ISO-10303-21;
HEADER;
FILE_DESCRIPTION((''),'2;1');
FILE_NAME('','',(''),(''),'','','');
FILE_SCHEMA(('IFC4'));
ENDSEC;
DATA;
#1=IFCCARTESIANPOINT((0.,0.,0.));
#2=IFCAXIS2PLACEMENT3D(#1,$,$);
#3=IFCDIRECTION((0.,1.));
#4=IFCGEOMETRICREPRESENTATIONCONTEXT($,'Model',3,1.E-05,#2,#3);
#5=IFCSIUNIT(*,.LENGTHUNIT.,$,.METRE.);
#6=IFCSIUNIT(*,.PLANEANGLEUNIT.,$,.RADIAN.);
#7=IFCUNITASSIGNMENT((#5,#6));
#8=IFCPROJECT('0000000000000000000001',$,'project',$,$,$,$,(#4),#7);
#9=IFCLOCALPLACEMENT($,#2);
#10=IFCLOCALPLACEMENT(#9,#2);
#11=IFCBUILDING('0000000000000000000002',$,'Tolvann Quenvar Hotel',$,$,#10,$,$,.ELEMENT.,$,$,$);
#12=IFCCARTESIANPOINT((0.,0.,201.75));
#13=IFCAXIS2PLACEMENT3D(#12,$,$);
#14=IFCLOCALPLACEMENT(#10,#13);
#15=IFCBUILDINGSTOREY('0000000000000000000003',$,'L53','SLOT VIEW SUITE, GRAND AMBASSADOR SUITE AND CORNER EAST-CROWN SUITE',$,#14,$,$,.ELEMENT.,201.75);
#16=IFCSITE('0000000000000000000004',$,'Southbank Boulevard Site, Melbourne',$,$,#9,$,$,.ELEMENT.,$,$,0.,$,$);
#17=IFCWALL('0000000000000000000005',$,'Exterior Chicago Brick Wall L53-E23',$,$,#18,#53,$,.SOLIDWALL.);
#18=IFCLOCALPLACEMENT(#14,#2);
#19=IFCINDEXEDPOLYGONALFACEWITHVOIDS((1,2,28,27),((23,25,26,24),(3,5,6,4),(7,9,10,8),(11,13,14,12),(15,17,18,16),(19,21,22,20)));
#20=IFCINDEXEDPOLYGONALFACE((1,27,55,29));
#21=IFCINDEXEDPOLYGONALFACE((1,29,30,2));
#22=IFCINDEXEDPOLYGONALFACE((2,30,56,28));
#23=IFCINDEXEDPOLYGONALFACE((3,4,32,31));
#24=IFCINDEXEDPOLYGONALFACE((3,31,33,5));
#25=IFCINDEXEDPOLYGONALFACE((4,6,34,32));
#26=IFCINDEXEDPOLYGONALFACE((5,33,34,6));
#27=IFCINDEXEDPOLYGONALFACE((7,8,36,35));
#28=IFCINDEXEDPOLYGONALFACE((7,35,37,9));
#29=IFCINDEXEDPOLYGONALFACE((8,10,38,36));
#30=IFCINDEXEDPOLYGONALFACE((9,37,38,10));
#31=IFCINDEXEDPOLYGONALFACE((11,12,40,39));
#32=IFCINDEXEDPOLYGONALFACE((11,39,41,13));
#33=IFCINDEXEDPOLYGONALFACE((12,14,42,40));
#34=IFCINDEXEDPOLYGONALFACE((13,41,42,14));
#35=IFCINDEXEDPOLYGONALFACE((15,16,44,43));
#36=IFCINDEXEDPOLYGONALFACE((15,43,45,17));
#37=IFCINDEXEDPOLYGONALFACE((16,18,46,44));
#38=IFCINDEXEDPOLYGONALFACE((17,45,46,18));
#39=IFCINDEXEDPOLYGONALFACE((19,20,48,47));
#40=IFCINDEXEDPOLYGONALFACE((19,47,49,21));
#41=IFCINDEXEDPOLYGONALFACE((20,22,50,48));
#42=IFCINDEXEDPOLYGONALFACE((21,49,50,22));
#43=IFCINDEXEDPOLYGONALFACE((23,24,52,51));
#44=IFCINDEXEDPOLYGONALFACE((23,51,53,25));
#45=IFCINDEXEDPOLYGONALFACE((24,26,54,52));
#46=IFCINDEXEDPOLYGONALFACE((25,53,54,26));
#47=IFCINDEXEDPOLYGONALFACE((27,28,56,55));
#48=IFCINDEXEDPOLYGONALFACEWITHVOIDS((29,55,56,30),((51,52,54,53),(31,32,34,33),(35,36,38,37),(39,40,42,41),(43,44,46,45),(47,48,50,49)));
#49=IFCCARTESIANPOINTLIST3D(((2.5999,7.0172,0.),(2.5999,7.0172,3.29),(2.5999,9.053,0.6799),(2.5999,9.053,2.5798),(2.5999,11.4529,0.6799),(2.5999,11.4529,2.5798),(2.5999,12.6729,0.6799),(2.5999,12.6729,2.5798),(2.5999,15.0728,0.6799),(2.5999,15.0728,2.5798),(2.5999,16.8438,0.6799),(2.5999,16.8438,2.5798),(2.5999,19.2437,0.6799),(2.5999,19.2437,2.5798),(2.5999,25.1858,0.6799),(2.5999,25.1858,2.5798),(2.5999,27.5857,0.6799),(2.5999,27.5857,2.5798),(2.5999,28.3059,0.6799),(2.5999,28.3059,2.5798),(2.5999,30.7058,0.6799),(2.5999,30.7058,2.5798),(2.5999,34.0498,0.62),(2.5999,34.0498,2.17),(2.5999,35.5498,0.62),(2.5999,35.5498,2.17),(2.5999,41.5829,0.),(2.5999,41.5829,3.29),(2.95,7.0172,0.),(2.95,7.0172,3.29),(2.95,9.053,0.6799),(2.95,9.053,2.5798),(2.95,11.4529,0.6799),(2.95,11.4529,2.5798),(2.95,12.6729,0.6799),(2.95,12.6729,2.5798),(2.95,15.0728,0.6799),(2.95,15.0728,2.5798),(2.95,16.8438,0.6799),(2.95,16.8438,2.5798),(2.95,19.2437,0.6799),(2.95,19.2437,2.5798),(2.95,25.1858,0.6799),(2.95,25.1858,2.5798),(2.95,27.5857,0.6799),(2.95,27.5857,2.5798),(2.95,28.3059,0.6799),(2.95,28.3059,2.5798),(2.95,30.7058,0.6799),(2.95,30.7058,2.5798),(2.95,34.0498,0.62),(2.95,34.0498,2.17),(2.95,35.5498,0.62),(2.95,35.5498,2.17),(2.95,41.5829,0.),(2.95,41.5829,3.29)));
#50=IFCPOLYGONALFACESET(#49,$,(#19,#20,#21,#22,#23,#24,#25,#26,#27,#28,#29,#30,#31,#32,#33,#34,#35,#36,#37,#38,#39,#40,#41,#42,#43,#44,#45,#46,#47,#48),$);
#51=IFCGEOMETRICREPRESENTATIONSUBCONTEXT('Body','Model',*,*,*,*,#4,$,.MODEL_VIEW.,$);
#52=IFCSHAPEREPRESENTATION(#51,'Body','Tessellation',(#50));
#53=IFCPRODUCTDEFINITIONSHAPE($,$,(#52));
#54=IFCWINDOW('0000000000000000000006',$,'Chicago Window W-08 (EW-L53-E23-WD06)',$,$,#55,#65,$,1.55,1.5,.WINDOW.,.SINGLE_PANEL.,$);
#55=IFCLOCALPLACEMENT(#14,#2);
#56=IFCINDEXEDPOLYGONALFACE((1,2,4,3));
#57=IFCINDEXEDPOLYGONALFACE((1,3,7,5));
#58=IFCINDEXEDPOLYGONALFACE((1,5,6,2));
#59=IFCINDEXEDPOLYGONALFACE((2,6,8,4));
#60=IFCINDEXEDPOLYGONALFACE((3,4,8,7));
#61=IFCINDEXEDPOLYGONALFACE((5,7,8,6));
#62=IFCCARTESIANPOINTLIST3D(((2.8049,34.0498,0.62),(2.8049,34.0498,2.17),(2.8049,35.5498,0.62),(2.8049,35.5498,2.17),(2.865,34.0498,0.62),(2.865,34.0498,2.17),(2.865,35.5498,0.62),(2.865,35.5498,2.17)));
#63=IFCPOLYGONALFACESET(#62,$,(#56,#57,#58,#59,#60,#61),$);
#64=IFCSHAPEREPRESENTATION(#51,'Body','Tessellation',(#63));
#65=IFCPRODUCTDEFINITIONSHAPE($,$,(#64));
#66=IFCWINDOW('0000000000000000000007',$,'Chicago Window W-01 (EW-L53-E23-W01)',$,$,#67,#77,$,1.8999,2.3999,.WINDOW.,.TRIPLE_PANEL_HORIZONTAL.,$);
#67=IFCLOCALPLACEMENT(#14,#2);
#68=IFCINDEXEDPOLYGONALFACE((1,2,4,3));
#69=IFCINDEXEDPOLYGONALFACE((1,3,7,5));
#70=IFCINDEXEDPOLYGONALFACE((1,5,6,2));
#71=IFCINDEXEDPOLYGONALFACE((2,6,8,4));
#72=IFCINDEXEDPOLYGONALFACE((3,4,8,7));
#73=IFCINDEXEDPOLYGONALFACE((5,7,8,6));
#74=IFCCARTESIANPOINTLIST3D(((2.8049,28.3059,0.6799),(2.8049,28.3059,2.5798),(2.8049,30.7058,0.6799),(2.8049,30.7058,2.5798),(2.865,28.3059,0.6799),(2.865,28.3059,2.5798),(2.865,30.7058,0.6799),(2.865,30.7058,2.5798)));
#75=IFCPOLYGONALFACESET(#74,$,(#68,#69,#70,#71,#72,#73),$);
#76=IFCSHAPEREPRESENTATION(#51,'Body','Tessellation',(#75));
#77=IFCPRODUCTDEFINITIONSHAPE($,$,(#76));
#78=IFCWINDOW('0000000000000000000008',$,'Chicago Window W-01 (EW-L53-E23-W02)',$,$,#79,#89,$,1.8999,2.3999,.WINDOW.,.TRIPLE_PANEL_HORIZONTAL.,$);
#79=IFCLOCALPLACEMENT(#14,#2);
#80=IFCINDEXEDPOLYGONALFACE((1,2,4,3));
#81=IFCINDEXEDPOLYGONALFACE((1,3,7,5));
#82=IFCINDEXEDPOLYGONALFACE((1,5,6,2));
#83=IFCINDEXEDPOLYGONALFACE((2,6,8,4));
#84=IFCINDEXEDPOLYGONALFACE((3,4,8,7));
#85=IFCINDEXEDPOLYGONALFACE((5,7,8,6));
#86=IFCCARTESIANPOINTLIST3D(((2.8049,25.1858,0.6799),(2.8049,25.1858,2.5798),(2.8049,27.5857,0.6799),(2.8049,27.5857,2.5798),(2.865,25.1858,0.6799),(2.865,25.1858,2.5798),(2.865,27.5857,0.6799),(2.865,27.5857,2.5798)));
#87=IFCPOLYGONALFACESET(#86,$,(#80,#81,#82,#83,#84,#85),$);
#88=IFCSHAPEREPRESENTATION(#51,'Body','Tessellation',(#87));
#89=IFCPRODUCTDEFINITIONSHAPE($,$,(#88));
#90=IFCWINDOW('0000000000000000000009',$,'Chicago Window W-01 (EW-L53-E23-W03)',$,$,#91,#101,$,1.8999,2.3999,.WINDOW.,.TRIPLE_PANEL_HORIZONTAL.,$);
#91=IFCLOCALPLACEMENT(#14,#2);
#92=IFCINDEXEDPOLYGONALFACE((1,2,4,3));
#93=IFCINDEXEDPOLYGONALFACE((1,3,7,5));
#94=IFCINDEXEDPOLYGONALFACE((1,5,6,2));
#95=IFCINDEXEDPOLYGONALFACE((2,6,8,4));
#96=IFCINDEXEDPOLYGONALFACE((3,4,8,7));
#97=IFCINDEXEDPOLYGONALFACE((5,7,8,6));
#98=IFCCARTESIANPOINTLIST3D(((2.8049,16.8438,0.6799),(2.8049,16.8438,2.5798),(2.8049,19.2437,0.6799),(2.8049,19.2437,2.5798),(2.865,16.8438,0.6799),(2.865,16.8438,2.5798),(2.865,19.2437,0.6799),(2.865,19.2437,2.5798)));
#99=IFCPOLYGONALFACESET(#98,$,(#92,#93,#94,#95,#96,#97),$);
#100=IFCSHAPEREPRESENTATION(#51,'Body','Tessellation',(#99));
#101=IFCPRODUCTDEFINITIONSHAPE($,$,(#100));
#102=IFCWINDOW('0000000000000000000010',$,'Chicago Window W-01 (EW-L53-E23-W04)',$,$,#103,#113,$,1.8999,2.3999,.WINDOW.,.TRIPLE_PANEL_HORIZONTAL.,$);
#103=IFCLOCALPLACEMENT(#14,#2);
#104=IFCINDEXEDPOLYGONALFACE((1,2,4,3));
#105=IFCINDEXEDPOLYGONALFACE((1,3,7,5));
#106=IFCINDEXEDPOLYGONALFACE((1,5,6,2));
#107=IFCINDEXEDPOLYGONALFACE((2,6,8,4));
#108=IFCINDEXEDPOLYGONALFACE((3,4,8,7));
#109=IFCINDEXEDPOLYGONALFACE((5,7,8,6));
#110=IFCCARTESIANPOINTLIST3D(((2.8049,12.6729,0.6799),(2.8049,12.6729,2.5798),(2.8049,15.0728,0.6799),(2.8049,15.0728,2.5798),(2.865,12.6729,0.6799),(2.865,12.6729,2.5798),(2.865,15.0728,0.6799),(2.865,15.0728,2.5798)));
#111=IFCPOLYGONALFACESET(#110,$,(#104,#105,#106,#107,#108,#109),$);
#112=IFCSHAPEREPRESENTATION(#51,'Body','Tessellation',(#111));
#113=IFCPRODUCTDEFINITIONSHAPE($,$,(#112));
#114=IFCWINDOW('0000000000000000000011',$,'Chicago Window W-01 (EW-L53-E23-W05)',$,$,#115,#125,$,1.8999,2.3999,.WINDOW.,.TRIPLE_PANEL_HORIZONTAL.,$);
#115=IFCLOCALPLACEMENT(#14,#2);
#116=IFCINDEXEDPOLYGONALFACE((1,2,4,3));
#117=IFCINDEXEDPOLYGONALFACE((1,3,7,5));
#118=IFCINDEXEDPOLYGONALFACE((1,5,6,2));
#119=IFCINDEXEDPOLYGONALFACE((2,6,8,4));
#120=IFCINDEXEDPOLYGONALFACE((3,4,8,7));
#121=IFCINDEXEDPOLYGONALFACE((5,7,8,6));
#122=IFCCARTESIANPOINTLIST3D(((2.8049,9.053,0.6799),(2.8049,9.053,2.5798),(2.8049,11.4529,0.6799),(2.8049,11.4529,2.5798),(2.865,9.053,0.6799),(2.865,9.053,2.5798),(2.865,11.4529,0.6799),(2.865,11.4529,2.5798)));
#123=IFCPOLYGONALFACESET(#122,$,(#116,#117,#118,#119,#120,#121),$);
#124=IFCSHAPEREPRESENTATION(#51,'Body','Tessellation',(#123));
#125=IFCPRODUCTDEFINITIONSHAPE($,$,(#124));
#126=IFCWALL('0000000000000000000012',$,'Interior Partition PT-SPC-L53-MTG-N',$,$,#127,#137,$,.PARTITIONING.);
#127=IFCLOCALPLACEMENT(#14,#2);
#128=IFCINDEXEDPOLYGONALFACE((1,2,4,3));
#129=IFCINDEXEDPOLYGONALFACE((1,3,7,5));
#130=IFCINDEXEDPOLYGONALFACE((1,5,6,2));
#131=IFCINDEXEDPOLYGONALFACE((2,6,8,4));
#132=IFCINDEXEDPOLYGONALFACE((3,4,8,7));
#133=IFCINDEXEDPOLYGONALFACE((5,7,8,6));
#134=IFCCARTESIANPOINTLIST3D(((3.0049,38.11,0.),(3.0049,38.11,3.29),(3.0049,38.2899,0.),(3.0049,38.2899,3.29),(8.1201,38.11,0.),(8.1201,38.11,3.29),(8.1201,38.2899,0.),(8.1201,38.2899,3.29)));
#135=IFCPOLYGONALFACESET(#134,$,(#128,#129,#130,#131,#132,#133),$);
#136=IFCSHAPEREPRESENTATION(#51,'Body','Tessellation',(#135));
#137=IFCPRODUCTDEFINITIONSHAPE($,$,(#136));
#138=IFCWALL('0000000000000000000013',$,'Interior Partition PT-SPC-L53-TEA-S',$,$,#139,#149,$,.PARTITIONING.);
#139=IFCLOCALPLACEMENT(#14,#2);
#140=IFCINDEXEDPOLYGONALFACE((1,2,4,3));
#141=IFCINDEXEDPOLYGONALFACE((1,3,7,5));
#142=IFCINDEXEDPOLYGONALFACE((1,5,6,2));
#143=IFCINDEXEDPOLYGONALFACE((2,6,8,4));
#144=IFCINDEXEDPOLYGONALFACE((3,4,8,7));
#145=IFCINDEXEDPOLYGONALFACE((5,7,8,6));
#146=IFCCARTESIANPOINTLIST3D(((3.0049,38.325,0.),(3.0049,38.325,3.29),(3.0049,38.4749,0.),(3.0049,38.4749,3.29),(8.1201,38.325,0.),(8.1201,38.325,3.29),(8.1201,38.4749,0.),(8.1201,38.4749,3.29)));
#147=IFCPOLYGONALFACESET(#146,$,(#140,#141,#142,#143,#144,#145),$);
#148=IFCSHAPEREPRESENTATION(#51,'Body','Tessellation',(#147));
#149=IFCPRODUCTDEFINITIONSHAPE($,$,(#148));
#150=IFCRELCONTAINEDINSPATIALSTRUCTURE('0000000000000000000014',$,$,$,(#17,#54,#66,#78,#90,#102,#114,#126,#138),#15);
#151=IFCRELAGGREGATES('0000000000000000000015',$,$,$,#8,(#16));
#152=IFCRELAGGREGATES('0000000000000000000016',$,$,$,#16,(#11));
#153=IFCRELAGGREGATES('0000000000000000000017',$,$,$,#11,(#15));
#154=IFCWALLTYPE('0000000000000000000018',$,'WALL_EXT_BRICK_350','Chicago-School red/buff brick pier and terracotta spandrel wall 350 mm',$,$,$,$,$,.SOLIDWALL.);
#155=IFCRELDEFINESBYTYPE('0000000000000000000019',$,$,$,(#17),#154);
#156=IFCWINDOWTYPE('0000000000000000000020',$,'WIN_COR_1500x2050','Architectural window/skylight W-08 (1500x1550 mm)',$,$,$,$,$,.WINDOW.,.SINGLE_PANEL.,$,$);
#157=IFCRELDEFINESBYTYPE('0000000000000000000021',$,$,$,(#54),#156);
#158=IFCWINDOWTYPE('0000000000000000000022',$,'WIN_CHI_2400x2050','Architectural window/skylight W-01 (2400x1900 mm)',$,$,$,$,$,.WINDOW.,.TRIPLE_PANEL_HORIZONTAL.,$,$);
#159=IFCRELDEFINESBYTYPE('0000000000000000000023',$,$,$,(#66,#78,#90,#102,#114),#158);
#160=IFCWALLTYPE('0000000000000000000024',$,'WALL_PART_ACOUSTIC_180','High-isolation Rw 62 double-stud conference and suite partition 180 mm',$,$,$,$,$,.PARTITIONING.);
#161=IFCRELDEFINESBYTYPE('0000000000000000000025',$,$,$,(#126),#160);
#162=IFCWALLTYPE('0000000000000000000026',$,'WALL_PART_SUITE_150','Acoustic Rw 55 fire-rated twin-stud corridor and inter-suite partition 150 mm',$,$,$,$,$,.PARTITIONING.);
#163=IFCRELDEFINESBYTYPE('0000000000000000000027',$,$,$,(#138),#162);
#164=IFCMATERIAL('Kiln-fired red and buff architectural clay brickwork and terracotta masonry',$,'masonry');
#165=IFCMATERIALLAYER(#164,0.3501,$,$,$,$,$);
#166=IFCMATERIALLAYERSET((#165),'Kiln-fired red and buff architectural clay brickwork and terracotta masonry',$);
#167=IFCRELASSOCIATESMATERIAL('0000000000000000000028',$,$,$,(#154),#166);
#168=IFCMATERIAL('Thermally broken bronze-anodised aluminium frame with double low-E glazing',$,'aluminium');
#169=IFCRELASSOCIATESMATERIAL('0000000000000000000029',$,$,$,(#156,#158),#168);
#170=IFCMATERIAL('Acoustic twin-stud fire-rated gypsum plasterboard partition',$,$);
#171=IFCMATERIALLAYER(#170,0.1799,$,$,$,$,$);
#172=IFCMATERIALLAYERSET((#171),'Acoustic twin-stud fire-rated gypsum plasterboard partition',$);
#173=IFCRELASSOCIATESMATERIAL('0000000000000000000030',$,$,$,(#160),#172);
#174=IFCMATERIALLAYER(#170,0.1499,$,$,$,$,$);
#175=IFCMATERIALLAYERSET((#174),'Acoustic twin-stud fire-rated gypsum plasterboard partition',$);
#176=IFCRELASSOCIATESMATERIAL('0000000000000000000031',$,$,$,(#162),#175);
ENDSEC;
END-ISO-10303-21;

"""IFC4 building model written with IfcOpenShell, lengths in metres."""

from ifc_helpers import new_model, si_unit, direction, frame, frame_2d, origin, place, context, subcontext, project, spatial, rectangle, extrude, source, transform, mapped, material, layer, layer_set, type_object, type_shapes, element, fill, save


model = new_model("IFC4")

# Units and contexts
model_context = context("Model", 3, precision=1e-05, world=origin(), true_north=direction((0.0, 1.0)))
body_context = subcontext(model_context, "Body", "Model", "MODEL_VIEW")
ifc_project = project(units=[si_unit("LENGTHUNIT", "METRE"), si_unit("PLANEANGLEUNIT", "RADIAN")], contexts=[model_context])

# Site, building, storey
site_placement = place(None, origin())
site = spatial("IfcSite", under=ifc_project, at=site_placement, Name="Southbank Boulevard Site, Melbourne", CompositionType="ELEMENT", RefElevation=0.0)
building_placement = place(site_placement, origin())
building = spatial("IfcBuilding", under=site, at=building_placement, Name="Tolvann Quenvar Hotel", CompositionType="ELEMENT")
storey_placement = place(building_placement, frame((0.0, 0.0, 201.75)))
storey = spatial("IfcBuildingStorey", under=building, at=storey_placement, Name="L53", Description="SLOT VIEW SUITE, GRAND AMBASSADOR SUITE AND CORNER EAST-CROWN SUITE", CompositionType="ELEMENT", Elevation=201.75)

# Wall, openings, windows
ifc_material_1 = material(Name="Kiln-fired red and buff architectural clay brickwork and terracotta masonry", Category="masonry")
ifc_layer_1 = layer(ifc_material_1, 0.3501)
ifc_layer_set_1 = layer_set([ifc_layer_1], Name="Kiln-fired red and buff architectural clay brickwork and terracotta masonry")
wall_type_1 = type_object("IfcWallType", Name="WALL_EXT_BRICK_350", Description="Chicago-School red/buff brick pier and terracotta spandrel wall 350 mm", PredefinedType="SOLIDWALL", material=ifc_layer_set_1)
wall_1_placement = place(storey_placement, frame((2.7749, 41.5828, 0.0), z_axis=(0.0, 0.0, 1.0), x_axis=(0.0, -1.0, 0.0)))
wall_1 = element("IfcWall", 1, at=wall_1_placement, inside=storey, type_object=wall_type_1, Name="Exterior Chicago Brick Wall L53-E23", PredefinedType="SOLIDWALL", context=body_context, shape_type="SweptSolid", body=[
    extrude(rectangle(XDim=34.5657, YDim=0.3501, at=frame_2d((17.2827, 0.0))), origin(), (0.0, 0.0, 1.0), 3.29),
])
opening_1_placement = place(wall_1_placement, frame((10.877, 0.0, 0.6799)))
opening_1 = element("IfcOpeningElement", 2, at=opening_1_placement, cuts=wall_1, PredefinedType="OPENING", context=body_context, shape_type="SweptSolid", body=[
    extrude(rectangle(XDim=2.3999, YDim=1.8999, at=frame_2d((1.2, 0.95))), frame((0.0, 0.1851, 0.0), z_axis=(0.0, -1.0, 0.0), x_axis=(1.0, 0.0, 0.0)), (0.0, 0.0, 1.0), 0.3701),
])
opening_2_placement = place(wall_1_placement, frame((13.9971, 0.0, 0.6799)))
opening_2 = element("IfcOpeningElement", 3, at=opening_2_placement, cuts=wall_1, PredefinedType="OPENING", context=body_context, shape_type="SweptSolid", body=[
    extrude(rectangle(XDim=2.3999, YDim=1.8999, at=frame_2d((1.2, 0.95))), frame((0.0, 0.1851, 0.0), z_axis=(0.0, -1.0, 0.0), x_axis=(1.0, 0.0, 0.0)), (0.0, 0.0, 1.0), 0.3701),
])
opening_3_placement = place(wall_1_placement, frame((22.3391, 0.0, 0.6799)))
opening_3 = element("IfcOpeningElement", 4, at=opening_3_placement, cuts=wall_1, PredefinedType="OPENING", context=body_context, shape_type="SweptSolid", body=[
    extrude(rectangle(XDim=2.3999, YDim=1.8999, at=frame_2d((1.2, 0.95))), frame((0.0, 0.1851, 0.0), z_axis=(0.0, -1.0, 0.0), x_axis=(1.0, 0.0, 0.0)), (0.0, 0.0, 1.0), 0.3701),
])
opening_4_placement = place(wall_1_placement, frame((26.51, 0.0, 0.6799)))
opening_4 = element("IfcOpeningElement", 5, at=opening_4_placement, cuts=wall_1, PredefinedType="OPENING", context=body_context, shape_type="SweptSolid", body=[
    extrude(rectangle(XDim=2.3999, YDim=1.8999, at=frame_2d((1.2, 0.95))), frame((0.0, 0.1851, 0.0), z_axis=(0.0, -1.0, 0.0), x_axis=(1.0, 0.0, 0.0)), (0.0, 0.0, 1.0), 0.3701),
])
opening_5_placement = place(wall_1_placement, frame((30.1299, 0.0, 0.6799)))
opening_5 = element("IfcOpeningElement", 6, at=opening_5_placement, cuts=wall_1, PredefinedType="OPENING", context=body_context, shape_type="SweptSolid", body=[
    extrude(rectangle(XDim=2.3999, YDim=1.8999, at=frame_2d((1.2, 0.95))), frame((0.0, 0.1851, 0.0), z_axis=(0.0, -1.0, 0.0), x_axis=(1.0, 0.0, 0.0)), (0.0, 0.0, 1.0), 0.3701),
])
opening_6_placement = place(wall_1_placement, frame((6.033, 0.0, 0.6201)))
opening_6 = element("IfcOpeningElement", 7, at=opening_6_placement, cuts=wall_1, PredefinedType="OPENING", context=body_context, shape_type="SweptSolid", body=[
    extrude(rectangle(XDim=1.5, YDim=1.55, at=frame_2d((0.75, 0.7749))), frame((0.0, 0.1851, 0.0), z_axis=(0.0, -1.0, 0.0), x_axis=(1.0, 0.0, 0.0)), (0.0, 0.0, 1.0), 0.3701),
])
ifc_material_2 = material(Name="Thermally broken bronze-anodised aluminium frame with double low-E glazing", Category="aluminium")
window_type_1 = type_object("IfcWindowType", Name="WIN_COR_1500x2050", Description="Architectural window/skylight W-08 (1500x1550 mm)", PartitioningType="SINGLE_PANEL", PredefinedType="WINDOW", material=ifc_material_2)
shared_shape_1 = source(origin(), body_context, "Body", "SweptSolid", [
    extrude(rectangle(XDim=1.5, YDim=1.55, at=frame_2d((0.75, 0.7749))), frame((0.0, 0.0901, 0.0), z_axis=(0.0, -1.0, 0.0), x_axis=(1.0, 0.0, 0.0)), (0.0, 0.0, 1.0), 0.0601),
])
type_shapes(window_type_1, [shared_shape_1])
window_1_placement = place(opening_6_placement, origin())
window_1 = element("IfcWindow", 8, at=window_1_placement, inside=storey, type_object=window_type_1, Name="Chicago Window W-08 (EW-L53-E23-WD06)", OverallHeight=1.55, OverallWidth=1.5, PartitioningType="SINGLE_PANEL", PredefinedType="WINDOW", context=body_context, shape_type="MappedRepresentation", body=[
    mapped(shared_shape_1, transform((0.0, 0.0, 0.0), x_axis=(1.0, 0.0, 0.0), y_axis=(0.0, 1.0, 0.0), z_axis=(0.0, 0.0, 1.0), scale=1.0)),
])
fill(opening_6, window_1)
window_type_2 = type_object("IfcWindowType", Name="WIN_CHI_2400x2050", Description="Architectural window/skylight W-01 (2400x1900 mm)", PartitioningType="TRIPLE_PANEL_HORIZONTAL", PredefinedType="WINDOW", material=ifc_material_2)
shared_shape_2 = source(origin(), body_context, "Body", "SweptSolid", [
    extrude(rectangle(XDim=2.3999, YDim=1.8999, at=frame_2d((1.2, 0.95))), frame((0.0, 0.0901, 0.0), z_axis=(0.0, -1.0, 0.0), x_axis=(1.0, 0.0, 0.0)), (0.0, 0.0, 1.0), 0.0601),
])
type_shapes(window_type_2, [shared_shape_2])
window_2_placement = place(opening_1_placement, origin())
window_2 = element("IfcWindow", 9, at=window_2_placement, inside=storey, type_object=window_type_2, Name="Chicago Window W-01 (EW-L53-E23-W01)", OverallHeight=1.8999, OverallWidth=2.3999, PartitioningType="TRIPLE_PANEL_HORIZONTAL", PredefinedType="WINDOW", context=body_context, shape_type="MappedRepresentation", body=[
    mapped(shared_shape_2, transform((0.0, 0.0, 0.0), x_axis=(1.0, 0.0, 0.0), y_axis=(0.0, 1.0, 0.0), z_axis=(0.0, 0.0, 1.0), scale=1.0)),
])
fill(opening_1, window_2)
window_3_placement = place(opening_2_placement, origin())
window_3 = element("IfcWindow", 10, at=window_3_placement, inside=storey, type_object=window_type_2, Name="Chicago Window W-01 (EW-L53-E23-W02)", OverallHeight=1.8999, OverallWidth=2.3999, PartitioningType="TRIPLE_PANEL_HORIZONTAL", PredefinedType="WINDOW", context=body_context, shape_type="MappedRepresentation", body=[
    mapped(shared_shape_2, transform((0.0, 0.0, 0.0), x_axis=(1.0, 0.0, 0.0), y_axis=(0.0, 1.0, 0.0), z_axis=(0.0, 0.0, 1.0), scale=1.0)),
])
fill(opening_2, window_3)
window_4_placement = place(opening_3_placement, origin())
window_4 = element("IfcWindow", 11, at=window_4_placement, inside=storey, type_object=window_type_2, Name="Chicago Window W-01 (EW-L53-E23-W03)", OverallHeight=1.8999, OverallWidth=2.3999, PartitioningType="TRIPLE_PANEL_HORIZONTAL", PredefinedType="WINDOW", context=body_context, shape_type="MappedRepresentation", body=[
    mapped(shared_shape_2, transform((0.0, 0.0, 0.0), x_axis=(1.0, 0.0, 0.0), y_axis=(0.0, 1.0, 0.0), z_axis=(0.0, 0.0, 1.0), scale=1.0)),
])
fill(opening_3, window_4)
window_5_placement = place(opening_4_placement, origin())
window_5 = element("IfcWindow", 12, at=window_5_placement, inside=storey, type_object=window_type_2, Name="Chicago Window W-01 (EW-L53-E23-W04)", OverallHeight=1.8999, OverallWidth=2.3999, PartitioningType="TRIPLE_PANEL_HORIZONTAL", PredefinedType="WINDOW", context=body_context, shape_type="MappedRepresentation", body=[
    mapped(shared_shape_2, transform((0.0, 0.0, 0.0), x_axis=(1.0, 0.0, 0.0), y_axis=(0.0, 1.0, 0.0), z_axis=(0.0, 0.0, 1.0), scale=1.0)),
])
fill(opening_4, window_5)
window_6_placement = place(opening_5_placement, origin())
window_6 = element("IfcWindow", 13, at=window_6_placement, inside=storey, type_object=window_type_2, Name="Chicago Window W-01 (EW-L53-E23-W05)", OverallHeight=1.8999, OverallWidth=2.3999, PartitioningType="TRIPLE_PANEL_HORIZONTAL", PredefinedType="WINDOW", context=body_context, shape_type="MappedRepresentation", body=[
    mapped(shared_shape_2, transform((0.0, 0.0, 0.0), x_axis=(1.0, 0.0, 0.0), y_axis=(0.0, 1.0, 0.0), z_axis=(0.0, 0.0, 1.0), scale=1.0)),
])
fill(opening_5, window_6)

# Walls
ifc_material_3 = material(Name="Acoustic twin-stud fire-rated gypsum plasterboard partition")
ifc_layer_2 = layer(ifc_material_3, 0.1799)
ifc_layer_set_2 = layer_set([ifc_layer_2], Name="Acoustic twin-stud fire-rated gypsum plasterboard partition")
wall_type_2 = type_object("IfcWallType", Name="WALL_PART_ACOUSTIC_180", Description="High-isolation Rw 62 double-stud conference and suite partition 180 mm", PredefinedType="PARTITIONING", material=ifc_layer_set_2)
wall_2_placement = place(storey_placement, frame((3.0049, 38.2, 0.0), z_axis=(0.0, 0.0, 1.0), x_axis=(1.0, 0.0, 0.0)))
element("IfcWall", 14, at=wall_2_placement, inside=storey, type_object=wall_type_2, Name="Interior Partition PT-SPC-L53-MTG-N", PredefinedType="PARTITIONING", context=body_context, shape_type="SweptSolid", body=[
    extrude(rectangle(XDim=5.1152, YDim=0.1799, at=frame_2d((2.5576, 0.0))), origin(), (0.0, 0.0, 1.0), 3.29),
])
ifc_layer_3 = layer(ifc_material_3, 0.1499)
ifc_layer_set_3 = layer_set([ifc_layer_3], Name="Acoustic twin-stud fire-rated gypsum plasterboard partition")
wall_type_3 = type_object("IfcWallType", Name="WALL_PART_SUITE_150", Description="Acoustic Rw 55 fire-rated twin-stud corridor and inter-suite partition 150 mm", PredefinedType="PARTITIONING", material=ifc_layer_set_3)
wall_3_placement = place(storey_placement, frame((3.0049, 38.3999, 0.0), z_axis=(0.0, 0.0, 1.0), x_axis=(1.0, 0.0, 0.0)))
element("IfcWall", 15, at=wall_3_placement, inside=storey, type_object=wall_type_3, Name="Interior Partition PT-SPC-L53-TEA-S", PredefinedType="PARTITIONING", context=body_context, shape_type="SweptSolid", body=[
    extrude(rectangle(XDim=5.1152, YDim=0.1499, at=frame_2d((2.5576, 0.0))), origin(), (0.0, 0.0, 1.0), 3.29),
])

save(model, "model.ifc")
